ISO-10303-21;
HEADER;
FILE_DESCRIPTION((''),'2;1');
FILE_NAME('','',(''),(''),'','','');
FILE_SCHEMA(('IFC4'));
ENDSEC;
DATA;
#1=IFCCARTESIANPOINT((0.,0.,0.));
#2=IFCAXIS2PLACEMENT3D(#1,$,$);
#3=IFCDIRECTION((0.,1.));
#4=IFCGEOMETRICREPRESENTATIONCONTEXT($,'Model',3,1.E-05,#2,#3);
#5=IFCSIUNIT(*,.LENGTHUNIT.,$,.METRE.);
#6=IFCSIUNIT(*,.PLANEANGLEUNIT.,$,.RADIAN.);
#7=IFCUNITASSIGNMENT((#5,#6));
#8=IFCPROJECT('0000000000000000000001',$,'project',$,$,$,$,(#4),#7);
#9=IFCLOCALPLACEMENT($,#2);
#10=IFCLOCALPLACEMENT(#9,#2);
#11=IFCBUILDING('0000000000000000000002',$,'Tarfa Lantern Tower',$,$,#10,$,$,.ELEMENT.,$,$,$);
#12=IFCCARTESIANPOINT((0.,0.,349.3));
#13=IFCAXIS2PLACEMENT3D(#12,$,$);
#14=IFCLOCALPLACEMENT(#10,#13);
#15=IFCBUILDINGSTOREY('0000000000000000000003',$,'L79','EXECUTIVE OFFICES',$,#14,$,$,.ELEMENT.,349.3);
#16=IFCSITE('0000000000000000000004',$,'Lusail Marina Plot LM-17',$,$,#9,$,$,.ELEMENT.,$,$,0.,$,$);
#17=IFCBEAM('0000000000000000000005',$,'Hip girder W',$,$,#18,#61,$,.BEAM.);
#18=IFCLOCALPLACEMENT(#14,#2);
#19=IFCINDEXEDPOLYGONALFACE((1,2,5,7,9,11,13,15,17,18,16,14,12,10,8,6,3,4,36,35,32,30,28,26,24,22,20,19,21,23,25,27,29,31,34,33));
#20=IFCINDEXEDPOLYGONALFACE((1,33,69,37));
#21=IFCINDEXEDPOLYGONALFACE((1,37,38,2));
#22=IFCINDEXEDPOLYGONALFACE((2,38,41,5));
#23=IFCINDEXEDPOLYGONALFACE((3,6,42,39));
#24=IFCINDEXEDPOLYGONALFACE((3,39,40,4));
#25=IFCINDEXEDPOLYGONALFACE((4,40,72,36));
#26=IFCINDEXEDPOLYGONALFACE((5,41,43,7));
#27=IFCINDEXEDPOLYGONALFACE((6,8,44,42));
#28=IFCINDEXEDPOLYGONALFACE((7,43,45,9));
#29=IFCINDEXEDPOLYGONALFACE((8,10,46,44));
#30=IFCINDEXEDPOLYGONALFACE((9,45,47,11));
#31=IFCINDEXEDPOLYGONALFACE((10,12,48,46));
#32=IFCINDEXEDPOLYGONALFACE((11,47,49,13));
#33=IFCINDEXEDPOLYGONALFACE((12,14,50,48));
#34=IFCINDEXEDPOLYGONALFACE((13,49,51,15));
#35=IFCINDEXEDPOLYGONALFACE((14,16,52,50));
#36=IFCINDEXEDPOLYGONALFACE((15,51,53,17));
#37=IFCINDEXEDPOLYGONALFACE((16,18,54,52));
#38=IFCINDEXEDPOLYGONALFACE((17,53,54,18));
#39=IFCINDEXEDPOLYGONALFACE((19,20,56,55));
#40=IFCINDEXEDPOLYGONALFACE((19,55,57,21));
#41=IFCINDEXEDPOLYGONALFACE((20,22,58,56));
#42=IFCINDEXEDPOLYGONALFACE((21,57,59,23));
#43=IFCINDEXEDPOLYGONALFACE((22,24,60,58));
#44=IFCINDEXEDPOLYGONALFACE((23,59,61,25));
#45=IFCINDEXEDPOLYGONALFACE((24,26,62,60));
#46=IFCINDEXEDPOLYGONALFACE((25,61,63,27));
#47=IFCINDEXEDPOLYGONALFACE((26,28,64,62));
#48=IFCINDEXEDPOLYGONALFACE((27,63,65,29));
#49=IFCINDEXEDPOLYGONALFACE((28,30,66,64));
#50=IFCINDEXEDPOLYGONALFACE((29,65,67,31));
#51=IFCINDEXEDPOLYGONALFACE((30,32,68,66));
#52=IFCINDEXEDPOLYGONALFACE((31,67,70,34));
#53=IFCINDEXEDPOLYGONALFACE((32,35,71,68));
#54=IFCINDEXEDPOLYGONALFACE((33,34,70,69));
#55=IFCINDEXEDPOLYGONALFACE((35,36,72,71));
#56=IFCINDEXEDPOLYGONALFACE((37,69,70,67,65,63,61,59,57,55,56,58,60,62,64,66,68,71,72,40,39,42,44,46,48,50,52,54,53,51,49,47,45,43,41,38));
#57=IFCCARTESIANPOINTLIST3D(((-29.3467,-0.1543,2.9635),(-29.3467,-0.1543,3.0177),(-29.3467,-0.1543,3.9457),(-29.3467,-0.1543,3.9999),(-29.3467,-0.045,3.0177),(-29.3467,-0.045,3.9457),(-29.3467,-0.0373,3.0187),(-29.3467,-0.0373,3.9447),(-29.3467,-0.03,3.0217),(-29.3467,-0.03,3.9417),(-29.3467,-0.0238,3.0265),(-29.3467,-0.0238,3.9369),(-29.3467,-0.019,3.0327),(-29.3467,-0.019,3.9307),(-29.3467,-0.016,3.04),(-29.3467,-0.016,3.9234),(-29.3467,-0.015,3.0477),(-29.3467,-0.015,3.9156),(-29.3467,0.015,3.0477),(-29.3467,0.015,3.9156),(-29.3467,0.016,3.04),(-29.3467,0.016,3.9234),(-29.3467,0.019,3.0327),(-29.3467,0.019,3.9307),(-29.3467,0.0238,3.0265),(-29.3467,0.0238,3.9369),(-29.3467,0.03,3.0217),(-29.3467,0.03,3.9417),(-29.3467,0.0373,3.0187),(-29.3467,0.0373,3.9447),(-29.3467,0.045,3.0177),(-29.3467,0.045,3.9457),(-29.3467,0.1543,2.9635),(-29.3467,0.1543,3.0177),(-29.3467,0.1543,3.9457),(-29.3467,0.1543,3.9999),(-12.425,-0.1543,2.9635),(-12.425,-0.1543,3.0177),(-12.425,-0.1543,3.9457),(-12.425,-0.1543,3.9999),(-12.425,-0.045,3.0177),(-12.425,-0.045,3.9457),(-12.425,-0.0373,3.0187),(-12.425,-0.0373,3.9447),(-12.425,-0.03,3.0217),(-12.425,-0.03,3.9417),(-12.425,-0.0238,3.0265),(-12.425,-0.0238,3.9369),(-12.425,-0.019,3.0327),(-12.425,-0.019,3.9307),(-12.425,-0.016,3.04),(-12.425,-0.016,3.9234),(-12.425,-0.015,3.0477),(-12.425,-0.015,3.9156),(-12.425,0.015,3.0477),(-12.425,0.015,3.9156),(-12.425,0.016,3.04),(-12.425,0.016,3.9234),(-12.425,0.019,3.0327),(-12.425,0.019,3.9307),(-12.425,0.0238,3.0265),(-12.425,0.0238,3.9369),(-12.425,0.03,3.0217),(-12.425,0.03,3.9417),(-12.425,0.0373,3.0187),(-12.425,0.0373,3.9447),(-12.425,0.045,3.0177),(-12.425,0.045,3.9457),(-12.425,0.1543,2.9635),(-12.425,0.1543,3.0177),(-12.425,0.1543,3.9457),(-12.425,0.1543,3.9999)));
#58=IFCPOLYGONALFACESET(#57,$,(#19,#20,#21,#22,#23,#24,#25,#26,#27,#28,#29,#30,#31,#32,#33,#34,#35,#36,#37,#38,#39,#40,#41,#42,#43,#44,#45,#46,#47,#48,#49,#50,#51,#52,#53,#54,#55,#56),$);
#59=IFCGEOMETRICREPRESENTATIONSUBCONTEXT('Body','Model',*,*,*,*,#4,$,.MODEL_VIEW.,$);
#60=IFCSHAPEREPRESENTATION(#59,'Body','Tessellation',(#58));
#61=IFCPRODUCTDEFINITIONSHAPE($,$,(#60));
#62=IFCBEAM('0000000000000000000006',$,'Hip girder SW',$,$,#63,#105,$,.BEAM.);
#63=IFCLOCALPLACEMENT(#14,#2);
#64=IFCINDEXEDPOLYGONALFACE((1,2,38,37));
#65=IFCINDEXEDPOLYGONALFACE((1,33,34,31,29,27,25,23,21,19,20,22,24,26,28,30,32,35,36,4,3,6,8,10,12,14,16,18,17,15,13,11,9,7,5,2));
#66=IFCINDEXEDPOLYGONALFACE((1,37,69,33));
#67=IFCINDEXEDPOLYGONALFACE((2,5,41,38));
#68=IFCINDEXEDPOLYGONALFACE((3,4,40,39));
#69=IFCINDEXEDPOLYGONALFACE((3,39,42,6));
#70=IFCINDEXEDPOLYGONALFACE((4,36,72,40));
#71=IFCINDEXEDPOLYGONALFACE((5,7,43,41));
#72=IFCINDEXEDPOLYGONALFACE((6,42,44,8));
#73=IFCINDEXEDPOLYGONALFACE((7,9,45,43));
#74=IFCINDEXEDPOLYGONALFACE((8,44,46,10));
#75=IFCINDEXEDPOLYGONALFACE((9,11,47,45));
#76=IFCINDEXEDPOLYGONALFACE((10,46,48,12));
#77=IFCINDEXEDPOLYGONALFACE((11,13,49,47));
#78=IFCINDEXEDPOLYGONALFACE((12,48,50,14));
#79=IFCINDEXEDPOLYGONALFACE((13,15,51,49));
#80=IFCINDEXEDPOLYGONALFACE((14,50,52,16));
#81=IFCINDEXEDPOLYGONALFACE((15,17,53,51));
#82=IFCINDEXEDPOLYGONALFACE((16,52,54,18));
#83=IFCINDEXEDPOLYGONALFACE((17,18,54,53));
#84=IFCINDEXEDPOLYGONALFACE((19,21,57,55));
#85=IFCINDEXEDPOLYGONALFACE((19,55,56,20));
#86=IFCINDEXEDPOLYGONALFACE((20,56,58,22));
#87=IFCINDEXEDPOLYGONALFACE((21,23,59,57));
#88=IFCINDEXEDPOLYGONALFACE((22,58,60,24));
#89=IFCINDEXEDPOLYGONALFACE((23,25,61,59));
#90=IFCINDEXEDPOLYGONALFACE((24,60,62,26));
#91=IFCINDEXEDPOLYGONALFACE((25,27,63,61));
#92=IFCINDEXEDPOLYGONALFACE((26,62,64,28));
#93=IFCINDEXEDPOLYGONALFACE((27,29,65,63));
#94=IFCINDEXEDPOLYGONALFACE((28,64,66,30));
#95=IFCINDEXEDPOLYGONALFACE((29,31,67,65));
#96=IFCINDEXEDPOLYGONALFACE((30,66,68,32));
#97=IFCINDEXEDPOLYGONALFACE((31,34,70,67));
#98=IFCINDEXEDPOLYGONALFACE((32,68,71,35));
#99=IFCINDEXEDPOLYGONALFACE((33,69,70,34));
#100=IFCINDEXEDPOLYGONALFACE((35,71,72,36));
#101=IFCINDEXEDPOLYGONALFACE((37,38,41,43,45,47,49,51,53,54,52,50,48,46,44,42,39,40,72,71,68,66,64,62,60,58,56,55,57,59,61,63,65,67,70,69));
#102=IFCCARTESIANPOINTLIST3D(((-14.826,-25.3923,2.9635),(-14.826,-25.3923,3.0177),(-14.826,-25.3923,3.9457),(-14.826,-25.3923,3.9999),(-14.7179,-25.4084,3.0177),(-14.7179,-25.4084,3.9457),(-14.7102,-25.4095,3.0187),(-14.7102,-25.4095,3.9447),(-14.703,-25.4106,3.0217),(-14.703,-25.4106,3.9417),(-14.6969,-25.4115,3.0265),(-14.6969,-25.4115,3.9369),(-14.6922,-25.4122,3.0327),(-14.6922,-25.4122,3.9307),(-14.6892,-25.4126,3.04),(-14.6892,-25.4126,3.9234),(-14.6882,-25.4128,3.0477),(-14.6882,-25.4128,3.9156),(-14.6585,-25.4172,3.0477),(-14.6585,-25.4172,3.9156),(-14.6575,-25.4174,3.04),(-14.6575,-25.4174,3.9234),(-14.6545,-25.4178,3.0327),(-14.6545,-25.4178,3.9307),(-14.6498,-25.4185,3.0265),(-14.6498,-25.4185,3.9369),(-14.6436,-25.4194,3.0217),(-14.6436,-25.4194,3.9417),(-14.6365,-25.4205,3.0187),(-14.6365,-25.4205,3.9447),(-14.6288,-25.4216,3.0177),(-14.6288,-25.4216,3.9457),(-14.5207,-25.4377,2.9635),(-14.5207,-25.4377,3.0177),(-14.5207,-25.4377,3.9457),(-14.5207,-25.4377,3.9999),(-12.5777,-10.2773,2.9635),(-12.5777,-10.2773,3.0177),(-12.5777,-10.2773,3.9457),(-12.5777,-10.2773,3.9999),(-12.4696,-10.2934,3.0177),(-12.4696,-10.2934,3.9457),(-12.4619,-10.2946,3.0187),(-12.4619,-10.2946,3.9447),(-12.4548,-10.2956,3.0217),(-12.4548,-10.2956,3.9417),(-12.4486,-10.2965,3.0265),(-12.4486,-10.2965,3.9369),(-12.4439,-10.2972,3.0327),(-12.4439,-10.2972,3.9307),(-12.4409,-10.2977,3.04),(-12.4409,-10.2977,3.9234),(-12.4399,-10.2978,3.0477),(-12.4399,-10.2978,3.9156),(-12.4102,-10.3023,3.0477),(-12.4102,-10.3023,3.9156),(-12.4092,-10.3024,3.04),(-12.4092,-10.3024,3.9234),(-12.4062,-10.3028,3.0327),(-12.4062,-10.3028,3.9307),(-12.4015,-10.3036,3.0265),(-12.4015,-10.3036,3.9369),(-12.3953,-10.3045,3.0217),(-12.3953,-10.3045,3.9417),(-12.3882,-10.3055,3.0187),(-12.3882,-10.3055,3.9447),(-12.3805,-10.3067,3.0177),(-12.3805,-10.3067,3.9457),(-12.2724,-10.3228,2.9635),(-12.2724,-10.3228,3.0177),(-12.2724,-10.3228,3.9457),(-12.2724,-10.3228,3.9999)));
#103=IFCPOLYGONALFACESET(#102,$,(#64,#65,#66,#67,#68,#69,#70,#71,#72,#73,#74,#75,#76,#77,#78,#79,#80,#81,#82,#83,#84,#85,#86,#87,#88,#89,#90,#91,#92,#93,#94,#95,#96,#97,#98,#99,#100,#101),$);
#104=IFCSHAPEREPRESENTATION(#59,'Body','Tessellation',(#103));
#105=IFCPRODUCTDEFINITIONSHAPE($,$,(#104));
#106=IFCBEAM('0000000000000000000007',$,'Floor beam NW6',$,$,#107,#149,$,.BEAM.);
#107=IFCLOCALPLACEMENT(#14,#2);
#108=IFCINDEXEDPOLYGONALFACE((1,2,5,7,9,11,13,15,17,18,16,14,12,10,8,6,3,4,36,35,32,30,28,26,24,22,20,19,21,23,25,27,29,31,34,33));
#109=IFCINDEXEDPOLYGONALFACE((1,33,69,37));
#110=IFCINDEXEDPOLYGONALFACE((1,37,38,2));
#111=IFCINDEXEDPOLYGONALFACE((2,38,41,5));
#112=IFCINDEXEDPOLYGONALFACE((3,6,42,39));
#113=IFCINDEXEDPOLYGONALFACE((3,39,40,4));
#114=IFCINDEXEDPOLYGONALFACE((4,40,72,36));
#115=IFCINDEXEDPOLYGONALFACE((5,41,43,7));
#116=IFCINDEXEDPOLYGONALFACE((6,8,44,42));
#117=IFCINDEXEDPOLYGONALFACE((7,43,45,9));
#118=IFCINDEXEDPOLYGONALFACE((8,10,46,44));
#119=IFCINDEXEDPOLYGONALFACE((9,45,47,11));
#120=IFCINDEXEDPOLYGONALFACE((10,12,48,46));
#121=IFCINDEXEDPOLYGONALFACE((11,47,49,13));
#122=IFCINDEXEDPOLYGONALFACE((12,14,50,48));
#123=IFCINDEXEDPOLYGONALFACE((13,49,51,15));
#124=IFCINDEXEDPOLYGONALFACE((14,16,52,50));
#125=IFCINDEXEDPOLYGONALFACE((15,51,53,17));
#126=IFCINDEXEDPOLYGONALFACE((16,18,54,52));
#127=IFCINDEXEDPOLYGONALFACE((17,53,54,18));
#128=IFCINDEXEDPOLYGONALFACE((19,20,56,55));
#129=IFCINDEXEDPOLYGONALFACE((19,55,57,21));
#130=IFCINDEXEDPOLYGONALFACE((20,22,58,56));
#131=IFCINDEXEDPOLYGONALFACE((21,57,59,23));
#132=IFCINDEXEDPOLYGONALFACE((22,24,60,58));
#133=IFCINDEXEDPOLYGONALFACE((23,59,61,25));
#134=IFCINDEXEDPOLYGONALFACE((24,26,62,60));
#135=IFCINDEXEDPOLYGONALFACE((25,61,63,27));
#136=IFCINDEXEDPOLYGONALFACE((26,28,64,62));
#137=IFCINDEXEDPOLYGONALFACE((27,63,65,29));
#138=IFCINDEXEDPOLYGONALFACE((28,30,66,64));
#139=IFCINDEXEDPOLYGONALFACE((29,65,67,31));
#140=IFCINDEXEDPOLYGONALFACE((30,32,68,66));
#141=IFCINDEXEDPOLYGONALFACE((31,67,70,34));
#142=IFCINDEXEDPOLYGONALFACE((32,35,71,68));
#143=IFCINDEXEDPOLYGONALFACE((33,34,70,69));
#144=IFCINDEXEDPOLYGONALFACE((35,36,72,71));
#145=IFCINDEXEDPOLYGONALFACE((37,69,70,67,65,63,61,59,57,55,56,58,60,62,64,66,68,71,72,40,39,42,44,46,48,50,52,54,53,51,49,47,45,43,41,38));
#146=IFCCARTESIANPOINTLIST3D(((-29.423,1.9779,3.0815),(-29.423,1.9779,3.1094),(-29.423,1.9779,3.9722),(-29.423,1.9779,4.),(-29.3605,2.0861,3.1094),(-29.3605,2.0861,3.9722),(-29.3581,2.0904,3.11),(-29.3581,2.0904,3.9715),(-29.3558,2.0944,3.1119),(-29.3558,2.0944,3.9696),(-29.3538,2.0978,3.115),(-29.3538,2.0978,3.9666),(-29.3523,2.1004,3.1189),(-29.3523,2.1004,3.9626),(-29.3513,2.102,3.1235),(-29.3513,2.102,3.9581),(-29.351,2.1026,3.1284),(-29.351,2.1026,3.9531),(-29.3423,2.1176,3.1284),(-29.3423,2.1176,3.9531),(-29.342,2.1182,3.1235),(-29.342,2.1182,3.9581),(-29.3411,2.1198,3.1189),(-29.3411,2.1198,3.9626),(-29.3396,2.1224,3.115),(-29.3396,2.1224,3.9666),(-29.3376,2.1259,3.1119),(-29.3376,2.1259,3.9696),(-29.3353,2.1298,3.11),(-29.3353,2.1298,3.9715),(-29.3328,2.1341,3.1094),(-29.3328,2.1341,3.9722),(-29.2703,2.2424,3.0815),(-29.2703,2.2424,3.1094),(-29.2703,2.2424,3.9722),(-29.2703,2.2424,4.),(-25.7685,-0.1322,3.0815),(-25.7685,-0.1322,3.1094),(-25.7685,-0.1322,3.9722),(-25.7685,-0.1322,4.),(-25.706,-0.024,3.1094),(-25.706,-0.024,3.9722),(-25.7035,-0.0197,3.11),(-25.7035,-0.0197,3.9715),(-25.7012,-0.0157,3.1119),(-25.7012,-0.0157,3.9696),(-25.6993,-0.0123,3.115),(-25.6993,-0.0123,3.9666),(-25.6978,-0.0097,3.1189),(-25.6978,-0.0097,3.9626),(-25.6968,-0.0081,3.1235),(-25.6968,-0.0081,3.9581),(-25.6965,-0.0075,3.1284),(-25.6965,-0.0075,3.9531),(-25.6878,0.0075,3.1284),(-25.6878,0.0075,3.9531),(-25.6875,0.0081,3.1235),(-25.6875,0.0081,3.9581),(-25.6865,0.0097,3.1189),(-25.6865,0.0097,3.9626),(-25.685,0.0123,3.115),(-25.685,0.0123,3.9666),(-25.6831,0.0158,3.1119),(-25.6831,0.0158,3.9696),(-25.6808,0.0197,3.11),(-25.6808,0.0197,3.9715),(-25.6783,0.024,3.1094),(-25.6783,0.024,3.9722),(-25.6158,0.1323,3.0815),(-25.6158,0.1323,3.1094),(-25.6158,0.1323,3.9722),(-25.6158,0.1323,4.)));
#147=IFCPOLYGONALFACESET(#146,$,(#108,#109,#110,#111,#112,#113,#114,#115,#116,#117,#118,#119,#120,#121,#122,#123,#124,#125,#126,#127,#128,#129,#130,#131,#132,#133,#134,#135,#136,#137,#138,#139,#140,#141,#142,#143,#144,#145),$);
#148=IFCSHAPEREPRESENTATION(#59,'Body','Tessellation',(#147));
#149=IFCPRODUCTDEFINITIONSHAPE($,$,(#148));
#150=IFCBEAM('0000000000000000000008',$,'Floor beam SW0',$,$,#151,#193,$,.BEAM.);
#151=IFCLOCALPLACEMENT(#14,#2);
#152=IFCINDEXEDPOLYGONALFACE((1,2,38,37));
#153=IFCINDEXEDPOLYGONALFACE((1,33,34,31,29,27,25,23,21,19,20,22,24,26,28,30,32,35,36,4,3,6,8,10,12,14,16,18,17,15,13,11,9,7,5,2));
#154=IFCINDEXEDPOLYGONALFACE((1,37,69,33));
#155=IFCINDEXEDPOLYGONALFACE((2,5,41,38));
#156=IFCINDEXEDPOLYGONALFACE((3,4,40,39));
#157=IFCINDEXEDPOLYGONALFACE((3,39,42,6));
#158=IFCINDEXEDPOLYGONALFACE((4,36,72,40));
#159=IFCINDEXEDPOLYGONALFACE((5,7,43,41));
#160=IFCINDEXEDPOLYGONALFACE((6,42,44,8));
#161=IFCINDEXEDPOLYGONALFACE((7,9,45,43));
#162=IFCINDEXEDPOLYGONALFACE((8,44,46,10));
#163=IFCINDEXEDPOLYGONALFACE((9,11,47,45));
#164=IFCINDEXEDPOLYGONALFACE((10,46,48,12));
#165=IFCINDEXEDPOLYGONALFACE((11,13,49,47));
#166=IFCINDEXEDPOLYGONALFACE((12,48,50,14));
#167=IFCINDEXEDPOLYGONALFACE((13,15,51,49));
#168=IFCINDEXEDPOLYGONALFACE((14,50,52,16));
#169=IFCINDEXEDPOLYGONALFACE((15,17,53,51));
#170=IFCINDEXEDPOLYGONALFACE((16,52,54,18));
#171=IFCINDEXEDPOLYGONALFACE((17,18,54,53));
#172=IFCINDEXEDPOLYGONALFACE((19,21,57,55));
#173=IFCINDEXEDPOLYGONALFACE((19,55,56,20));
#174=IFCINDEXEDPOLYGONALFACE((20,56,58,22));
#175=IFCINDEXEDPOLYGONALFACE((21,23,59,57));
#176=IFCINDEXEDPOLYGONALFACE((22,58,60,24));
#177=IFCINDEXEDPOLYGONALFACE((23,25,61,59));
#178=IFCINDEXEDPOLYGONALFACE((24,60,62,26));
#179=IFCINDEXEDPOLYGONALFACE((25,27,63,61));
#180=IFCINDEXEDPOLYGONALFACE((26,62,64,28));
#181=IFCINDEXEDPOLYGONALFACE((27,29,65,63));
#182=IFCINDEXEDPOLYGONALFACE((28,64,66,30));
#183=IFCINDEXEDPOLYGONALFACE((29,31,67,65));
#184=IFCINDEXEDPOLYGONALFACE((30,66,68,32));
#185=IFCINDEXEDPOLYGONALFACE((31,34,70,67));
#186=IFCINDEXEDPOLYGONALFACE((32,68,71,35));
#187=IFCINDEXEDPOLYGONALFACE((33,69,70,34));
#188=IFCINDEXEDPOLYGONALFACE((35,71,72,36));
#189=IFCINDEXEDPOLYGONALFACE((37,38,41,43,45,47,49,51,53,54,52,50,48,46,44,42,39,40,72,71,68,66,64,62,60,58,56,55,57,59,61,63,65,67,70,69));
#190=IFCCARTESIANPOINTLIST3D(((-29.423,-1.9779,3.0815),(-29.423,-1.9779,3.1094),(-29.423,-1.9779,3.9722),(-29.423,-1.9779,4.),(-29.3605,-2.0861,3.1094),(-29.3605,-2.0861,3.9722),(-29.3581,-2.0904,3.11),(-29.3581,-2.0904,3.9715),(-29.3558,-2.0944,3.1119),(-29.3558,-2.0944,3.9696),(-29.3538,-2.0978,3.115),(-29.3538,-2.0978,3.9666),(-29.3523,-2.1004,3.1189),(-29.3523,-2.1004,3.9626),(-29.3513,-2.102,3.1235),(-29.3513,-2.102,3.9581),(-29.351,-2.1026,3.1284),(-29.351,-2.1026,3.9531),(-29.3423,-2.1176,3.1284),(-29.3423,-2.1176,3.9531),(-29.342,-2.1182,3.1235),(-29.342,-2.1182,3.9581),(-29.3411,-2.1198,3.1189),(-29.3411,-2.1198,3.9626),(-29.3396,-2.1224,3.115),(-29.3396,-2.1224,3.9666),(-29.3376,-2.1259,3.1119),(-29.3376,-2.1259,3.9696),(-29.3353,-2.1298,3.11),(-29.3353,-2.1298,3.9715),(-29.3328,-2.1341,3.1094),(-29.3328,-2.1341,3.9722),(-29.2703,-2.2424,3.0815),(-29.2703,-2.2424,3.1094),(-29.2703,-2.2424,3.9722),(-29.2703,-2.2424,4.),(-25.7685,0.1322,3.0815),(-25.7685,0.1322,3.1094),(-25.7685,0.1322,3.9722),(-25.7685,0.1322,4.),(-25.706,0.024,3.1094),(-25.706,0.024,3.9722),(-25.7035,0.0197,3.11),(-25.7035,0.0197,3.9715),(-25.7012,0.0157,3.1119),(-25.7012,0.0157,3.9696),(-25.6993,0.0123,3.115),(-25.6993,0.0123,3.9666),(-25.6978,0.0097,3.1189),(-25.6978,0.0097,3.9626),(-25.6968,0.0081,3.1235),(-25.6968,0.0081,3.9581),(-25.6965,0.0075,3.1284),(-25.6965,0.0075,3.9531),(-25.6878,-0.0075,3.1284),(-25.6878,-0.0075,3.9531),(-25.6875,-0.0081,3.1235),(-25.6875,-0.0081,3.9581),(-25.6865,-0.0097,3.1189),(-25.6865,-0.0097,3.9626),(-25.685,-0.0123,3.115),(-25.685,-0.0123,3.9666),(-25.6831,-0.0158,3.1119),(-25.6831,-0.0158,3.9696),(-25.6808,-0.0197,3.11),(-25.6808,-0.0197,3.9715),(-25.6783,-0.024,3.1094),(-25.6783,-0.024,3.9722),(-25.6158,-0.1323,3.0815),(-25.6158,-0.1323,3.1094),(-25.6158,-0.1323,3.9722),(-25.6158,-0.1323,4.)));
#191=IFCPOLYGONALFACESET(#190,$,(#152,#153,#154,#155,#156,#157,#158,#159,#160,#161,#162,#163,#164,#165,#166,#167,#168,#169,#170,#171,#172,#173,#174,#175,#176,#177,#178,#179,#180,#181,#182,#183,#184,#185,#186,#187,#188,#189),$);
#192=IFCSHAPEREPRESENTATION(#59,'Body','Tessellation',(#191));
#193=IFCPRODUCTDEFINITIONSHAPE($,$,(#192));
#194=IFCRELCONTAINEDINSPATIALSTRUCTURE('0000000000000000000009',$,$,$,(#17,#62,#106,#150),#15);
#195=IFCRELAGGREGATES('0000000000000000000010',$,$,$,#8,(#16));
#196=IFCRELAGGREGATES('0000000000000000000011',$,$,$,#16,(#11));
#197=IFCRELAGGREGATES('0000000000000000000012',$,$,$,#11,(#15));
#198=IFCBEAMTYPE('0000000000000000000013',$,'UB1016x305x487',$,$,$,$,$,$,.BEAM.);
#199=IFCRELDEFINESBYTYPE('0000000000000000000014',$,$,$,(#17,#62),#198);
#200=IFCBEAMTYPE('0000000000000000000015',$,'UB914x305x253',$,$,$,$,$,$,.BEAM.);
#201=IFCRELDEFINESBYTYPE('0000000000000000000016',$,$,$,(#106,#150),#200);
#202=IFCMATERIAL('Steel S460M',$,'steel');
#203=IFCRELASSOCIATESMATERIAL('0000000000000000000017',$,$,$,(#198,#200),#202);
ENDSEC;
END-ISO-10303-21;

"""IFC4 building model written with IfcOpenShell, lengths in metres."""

from ifc_helpers import new_model, si_unit, direction, frame, origin, origin_2d, place, context, subcontext, project, spatial, i_section, extrude, material, material_profile, profile_set, type_object, element, save


model = new_model("IFC4")

# Units and contexts
model_context = context("Model", 3, precision=1e-05, world=origin(), true_north=direction((0.0, 1.0)))
body_context = subcontext(model_context, "Body", "Model", "MODEL_VIEW")
ifc_project = project(units=[si_unit("LENGTHUNIT", "METRE"), si_unit("PLANEANGLEUNIT", "RADIAN")], contexts=[model_context])

# Site, building, storey
site_placement = place(None, origin())
site = spatial("IfcSite", under=ifc_project, at=site_placement, Name="Lusail Marina Plot LM-17", CompositionType="ELEMENT", RefElevation=0.0)
building_placement = place(site_placement, origin())
building = spatial("IfcBuilding", under=site, at=building_placement, Name="Tarfa Lantern Tower", CompositionType="ELEMENT")
storey_placement = place(building_placement, frame((0.0, 0.0, 349.3)))
storey = spatial("IfcBuildingStorey", under=building, at=storey_placement, Name="L79", Description="EXECUTIVE OFFICES", CompositionType="ELEMENT", Elevation=349.3)

# Beams
ifc_material_1 = material(Name="Steel S460M", Category="steel")
ifc_material_profile_1 = material_profile(ifc_material_1, i_section(OverallWidth=0.3086, OverallDepth=1.0364, WebThickness=0.03, FlangeThickness=0.0542, FilletRadius=0.03, at=origin_2d()), Name="UB1016x305x487")
ifc_profile_set_1 = profile_set([ifc_material_profile_1], Name="Steel S460M")
beam_type_1 = type_object("IfcBeamType", Name="UB1016x305x487", PredefinedType="BEAM", material=ifc_profile_set_1)
beam_1_placement = place(storey_placement, frame((-12.425, 0.0, 3.4817), z_axis=(-1.0, 0.0, 0.0), x_axis=(0.0, -1.0, 0.0)))
element("IfcBeam", 1, at=beam_1_placement, inside=storey, type_object=beam_type_1, Name="Hip girder W", PredefinedType="BEAM", context=body_context, shape_type="SweptSolid", body=[
    extrude(i_section(OverallWidth=0.3086, OverallDepth=1.0364, WebThickness=0.03, FlangeThickness=0.0542, FilletRadius=0.03, at=origin_2d()), origin(), (0.0, 0.0, 1.0), 16.9216),
])
beam_2_placement = place(storey_placement, frame((-12.425, -10.3, 3.4817), z_axis=(-0.147127, -0.989118, 0.0), x_axis=(0.989118, -0.147127, 0.0)))
element("IfcBeam", 2, at=beam_2_placement, inside=storey, type_object=beam_type_1, Name="Hip girder SW", PredefinedType="BEAM", context=body_context, shape_type="SweptSolid", body=[
    extrude(i_section(OverallWidth=0.3086, OverallDepth=1.0364, WebThickness=0.03, FlangeThickness=0.0542, FilletRadius=0.03, at=origin_2d()), origin(), (0.0, 0.0, 1.0), 15.2812),
])
ifc_material_profile_2 = material_profile(ifc_material_1, i_section(OverallWidth=0.3054, OverallDepth=0.9185, WebThickness=0.0173, FlangeThickness=0.0278, FilletRadius=0.019, at=origin_2d()), Name="UB914x305x253")
ifc_profile_set_2 = profile_set([ifc_material_profile_2], Name="Steel S460M")
beam_type_2 = type_object("IfcBeamType", Name="UB914x305x253", PredefinedType="BEAM", material=ifc_profile_set_2)
for number, where, z_axis, x_axis, name in (
    (3, (-29.3467, 2.1101, 3.5408), (0.866009, -0.500028, 0.0), (0.500028, 0.866009, 0.0), "Floor beam NW6"),
    (4, (-29.3467, -2.1101, 3.5408), (0.866009, 0.500028, 0.0), (-0.500028, 0.866009, 0.0), "Floor beam SW0"),
):
    element("IfcBeam", number, at=place(storey_placement, frame(where, z_axis=z_axis, x_axis=x_axis)), inside=storey, type_object=beam_type_2, Name=name, PredefinedType="BEAM", context=body_context, shape_type="SweptSolid", body=[
        extrude(i_section(OverallWidth=0.3054, OverallDepth=0.9185, WebThickness=0.0173, FlangeThickness=0.0278, FilletRadius=0.019, at=origin_2d()), origin(), (0.0, 0.0, 1.0), 4.22),
    ])

save(model, "model.ifc")
